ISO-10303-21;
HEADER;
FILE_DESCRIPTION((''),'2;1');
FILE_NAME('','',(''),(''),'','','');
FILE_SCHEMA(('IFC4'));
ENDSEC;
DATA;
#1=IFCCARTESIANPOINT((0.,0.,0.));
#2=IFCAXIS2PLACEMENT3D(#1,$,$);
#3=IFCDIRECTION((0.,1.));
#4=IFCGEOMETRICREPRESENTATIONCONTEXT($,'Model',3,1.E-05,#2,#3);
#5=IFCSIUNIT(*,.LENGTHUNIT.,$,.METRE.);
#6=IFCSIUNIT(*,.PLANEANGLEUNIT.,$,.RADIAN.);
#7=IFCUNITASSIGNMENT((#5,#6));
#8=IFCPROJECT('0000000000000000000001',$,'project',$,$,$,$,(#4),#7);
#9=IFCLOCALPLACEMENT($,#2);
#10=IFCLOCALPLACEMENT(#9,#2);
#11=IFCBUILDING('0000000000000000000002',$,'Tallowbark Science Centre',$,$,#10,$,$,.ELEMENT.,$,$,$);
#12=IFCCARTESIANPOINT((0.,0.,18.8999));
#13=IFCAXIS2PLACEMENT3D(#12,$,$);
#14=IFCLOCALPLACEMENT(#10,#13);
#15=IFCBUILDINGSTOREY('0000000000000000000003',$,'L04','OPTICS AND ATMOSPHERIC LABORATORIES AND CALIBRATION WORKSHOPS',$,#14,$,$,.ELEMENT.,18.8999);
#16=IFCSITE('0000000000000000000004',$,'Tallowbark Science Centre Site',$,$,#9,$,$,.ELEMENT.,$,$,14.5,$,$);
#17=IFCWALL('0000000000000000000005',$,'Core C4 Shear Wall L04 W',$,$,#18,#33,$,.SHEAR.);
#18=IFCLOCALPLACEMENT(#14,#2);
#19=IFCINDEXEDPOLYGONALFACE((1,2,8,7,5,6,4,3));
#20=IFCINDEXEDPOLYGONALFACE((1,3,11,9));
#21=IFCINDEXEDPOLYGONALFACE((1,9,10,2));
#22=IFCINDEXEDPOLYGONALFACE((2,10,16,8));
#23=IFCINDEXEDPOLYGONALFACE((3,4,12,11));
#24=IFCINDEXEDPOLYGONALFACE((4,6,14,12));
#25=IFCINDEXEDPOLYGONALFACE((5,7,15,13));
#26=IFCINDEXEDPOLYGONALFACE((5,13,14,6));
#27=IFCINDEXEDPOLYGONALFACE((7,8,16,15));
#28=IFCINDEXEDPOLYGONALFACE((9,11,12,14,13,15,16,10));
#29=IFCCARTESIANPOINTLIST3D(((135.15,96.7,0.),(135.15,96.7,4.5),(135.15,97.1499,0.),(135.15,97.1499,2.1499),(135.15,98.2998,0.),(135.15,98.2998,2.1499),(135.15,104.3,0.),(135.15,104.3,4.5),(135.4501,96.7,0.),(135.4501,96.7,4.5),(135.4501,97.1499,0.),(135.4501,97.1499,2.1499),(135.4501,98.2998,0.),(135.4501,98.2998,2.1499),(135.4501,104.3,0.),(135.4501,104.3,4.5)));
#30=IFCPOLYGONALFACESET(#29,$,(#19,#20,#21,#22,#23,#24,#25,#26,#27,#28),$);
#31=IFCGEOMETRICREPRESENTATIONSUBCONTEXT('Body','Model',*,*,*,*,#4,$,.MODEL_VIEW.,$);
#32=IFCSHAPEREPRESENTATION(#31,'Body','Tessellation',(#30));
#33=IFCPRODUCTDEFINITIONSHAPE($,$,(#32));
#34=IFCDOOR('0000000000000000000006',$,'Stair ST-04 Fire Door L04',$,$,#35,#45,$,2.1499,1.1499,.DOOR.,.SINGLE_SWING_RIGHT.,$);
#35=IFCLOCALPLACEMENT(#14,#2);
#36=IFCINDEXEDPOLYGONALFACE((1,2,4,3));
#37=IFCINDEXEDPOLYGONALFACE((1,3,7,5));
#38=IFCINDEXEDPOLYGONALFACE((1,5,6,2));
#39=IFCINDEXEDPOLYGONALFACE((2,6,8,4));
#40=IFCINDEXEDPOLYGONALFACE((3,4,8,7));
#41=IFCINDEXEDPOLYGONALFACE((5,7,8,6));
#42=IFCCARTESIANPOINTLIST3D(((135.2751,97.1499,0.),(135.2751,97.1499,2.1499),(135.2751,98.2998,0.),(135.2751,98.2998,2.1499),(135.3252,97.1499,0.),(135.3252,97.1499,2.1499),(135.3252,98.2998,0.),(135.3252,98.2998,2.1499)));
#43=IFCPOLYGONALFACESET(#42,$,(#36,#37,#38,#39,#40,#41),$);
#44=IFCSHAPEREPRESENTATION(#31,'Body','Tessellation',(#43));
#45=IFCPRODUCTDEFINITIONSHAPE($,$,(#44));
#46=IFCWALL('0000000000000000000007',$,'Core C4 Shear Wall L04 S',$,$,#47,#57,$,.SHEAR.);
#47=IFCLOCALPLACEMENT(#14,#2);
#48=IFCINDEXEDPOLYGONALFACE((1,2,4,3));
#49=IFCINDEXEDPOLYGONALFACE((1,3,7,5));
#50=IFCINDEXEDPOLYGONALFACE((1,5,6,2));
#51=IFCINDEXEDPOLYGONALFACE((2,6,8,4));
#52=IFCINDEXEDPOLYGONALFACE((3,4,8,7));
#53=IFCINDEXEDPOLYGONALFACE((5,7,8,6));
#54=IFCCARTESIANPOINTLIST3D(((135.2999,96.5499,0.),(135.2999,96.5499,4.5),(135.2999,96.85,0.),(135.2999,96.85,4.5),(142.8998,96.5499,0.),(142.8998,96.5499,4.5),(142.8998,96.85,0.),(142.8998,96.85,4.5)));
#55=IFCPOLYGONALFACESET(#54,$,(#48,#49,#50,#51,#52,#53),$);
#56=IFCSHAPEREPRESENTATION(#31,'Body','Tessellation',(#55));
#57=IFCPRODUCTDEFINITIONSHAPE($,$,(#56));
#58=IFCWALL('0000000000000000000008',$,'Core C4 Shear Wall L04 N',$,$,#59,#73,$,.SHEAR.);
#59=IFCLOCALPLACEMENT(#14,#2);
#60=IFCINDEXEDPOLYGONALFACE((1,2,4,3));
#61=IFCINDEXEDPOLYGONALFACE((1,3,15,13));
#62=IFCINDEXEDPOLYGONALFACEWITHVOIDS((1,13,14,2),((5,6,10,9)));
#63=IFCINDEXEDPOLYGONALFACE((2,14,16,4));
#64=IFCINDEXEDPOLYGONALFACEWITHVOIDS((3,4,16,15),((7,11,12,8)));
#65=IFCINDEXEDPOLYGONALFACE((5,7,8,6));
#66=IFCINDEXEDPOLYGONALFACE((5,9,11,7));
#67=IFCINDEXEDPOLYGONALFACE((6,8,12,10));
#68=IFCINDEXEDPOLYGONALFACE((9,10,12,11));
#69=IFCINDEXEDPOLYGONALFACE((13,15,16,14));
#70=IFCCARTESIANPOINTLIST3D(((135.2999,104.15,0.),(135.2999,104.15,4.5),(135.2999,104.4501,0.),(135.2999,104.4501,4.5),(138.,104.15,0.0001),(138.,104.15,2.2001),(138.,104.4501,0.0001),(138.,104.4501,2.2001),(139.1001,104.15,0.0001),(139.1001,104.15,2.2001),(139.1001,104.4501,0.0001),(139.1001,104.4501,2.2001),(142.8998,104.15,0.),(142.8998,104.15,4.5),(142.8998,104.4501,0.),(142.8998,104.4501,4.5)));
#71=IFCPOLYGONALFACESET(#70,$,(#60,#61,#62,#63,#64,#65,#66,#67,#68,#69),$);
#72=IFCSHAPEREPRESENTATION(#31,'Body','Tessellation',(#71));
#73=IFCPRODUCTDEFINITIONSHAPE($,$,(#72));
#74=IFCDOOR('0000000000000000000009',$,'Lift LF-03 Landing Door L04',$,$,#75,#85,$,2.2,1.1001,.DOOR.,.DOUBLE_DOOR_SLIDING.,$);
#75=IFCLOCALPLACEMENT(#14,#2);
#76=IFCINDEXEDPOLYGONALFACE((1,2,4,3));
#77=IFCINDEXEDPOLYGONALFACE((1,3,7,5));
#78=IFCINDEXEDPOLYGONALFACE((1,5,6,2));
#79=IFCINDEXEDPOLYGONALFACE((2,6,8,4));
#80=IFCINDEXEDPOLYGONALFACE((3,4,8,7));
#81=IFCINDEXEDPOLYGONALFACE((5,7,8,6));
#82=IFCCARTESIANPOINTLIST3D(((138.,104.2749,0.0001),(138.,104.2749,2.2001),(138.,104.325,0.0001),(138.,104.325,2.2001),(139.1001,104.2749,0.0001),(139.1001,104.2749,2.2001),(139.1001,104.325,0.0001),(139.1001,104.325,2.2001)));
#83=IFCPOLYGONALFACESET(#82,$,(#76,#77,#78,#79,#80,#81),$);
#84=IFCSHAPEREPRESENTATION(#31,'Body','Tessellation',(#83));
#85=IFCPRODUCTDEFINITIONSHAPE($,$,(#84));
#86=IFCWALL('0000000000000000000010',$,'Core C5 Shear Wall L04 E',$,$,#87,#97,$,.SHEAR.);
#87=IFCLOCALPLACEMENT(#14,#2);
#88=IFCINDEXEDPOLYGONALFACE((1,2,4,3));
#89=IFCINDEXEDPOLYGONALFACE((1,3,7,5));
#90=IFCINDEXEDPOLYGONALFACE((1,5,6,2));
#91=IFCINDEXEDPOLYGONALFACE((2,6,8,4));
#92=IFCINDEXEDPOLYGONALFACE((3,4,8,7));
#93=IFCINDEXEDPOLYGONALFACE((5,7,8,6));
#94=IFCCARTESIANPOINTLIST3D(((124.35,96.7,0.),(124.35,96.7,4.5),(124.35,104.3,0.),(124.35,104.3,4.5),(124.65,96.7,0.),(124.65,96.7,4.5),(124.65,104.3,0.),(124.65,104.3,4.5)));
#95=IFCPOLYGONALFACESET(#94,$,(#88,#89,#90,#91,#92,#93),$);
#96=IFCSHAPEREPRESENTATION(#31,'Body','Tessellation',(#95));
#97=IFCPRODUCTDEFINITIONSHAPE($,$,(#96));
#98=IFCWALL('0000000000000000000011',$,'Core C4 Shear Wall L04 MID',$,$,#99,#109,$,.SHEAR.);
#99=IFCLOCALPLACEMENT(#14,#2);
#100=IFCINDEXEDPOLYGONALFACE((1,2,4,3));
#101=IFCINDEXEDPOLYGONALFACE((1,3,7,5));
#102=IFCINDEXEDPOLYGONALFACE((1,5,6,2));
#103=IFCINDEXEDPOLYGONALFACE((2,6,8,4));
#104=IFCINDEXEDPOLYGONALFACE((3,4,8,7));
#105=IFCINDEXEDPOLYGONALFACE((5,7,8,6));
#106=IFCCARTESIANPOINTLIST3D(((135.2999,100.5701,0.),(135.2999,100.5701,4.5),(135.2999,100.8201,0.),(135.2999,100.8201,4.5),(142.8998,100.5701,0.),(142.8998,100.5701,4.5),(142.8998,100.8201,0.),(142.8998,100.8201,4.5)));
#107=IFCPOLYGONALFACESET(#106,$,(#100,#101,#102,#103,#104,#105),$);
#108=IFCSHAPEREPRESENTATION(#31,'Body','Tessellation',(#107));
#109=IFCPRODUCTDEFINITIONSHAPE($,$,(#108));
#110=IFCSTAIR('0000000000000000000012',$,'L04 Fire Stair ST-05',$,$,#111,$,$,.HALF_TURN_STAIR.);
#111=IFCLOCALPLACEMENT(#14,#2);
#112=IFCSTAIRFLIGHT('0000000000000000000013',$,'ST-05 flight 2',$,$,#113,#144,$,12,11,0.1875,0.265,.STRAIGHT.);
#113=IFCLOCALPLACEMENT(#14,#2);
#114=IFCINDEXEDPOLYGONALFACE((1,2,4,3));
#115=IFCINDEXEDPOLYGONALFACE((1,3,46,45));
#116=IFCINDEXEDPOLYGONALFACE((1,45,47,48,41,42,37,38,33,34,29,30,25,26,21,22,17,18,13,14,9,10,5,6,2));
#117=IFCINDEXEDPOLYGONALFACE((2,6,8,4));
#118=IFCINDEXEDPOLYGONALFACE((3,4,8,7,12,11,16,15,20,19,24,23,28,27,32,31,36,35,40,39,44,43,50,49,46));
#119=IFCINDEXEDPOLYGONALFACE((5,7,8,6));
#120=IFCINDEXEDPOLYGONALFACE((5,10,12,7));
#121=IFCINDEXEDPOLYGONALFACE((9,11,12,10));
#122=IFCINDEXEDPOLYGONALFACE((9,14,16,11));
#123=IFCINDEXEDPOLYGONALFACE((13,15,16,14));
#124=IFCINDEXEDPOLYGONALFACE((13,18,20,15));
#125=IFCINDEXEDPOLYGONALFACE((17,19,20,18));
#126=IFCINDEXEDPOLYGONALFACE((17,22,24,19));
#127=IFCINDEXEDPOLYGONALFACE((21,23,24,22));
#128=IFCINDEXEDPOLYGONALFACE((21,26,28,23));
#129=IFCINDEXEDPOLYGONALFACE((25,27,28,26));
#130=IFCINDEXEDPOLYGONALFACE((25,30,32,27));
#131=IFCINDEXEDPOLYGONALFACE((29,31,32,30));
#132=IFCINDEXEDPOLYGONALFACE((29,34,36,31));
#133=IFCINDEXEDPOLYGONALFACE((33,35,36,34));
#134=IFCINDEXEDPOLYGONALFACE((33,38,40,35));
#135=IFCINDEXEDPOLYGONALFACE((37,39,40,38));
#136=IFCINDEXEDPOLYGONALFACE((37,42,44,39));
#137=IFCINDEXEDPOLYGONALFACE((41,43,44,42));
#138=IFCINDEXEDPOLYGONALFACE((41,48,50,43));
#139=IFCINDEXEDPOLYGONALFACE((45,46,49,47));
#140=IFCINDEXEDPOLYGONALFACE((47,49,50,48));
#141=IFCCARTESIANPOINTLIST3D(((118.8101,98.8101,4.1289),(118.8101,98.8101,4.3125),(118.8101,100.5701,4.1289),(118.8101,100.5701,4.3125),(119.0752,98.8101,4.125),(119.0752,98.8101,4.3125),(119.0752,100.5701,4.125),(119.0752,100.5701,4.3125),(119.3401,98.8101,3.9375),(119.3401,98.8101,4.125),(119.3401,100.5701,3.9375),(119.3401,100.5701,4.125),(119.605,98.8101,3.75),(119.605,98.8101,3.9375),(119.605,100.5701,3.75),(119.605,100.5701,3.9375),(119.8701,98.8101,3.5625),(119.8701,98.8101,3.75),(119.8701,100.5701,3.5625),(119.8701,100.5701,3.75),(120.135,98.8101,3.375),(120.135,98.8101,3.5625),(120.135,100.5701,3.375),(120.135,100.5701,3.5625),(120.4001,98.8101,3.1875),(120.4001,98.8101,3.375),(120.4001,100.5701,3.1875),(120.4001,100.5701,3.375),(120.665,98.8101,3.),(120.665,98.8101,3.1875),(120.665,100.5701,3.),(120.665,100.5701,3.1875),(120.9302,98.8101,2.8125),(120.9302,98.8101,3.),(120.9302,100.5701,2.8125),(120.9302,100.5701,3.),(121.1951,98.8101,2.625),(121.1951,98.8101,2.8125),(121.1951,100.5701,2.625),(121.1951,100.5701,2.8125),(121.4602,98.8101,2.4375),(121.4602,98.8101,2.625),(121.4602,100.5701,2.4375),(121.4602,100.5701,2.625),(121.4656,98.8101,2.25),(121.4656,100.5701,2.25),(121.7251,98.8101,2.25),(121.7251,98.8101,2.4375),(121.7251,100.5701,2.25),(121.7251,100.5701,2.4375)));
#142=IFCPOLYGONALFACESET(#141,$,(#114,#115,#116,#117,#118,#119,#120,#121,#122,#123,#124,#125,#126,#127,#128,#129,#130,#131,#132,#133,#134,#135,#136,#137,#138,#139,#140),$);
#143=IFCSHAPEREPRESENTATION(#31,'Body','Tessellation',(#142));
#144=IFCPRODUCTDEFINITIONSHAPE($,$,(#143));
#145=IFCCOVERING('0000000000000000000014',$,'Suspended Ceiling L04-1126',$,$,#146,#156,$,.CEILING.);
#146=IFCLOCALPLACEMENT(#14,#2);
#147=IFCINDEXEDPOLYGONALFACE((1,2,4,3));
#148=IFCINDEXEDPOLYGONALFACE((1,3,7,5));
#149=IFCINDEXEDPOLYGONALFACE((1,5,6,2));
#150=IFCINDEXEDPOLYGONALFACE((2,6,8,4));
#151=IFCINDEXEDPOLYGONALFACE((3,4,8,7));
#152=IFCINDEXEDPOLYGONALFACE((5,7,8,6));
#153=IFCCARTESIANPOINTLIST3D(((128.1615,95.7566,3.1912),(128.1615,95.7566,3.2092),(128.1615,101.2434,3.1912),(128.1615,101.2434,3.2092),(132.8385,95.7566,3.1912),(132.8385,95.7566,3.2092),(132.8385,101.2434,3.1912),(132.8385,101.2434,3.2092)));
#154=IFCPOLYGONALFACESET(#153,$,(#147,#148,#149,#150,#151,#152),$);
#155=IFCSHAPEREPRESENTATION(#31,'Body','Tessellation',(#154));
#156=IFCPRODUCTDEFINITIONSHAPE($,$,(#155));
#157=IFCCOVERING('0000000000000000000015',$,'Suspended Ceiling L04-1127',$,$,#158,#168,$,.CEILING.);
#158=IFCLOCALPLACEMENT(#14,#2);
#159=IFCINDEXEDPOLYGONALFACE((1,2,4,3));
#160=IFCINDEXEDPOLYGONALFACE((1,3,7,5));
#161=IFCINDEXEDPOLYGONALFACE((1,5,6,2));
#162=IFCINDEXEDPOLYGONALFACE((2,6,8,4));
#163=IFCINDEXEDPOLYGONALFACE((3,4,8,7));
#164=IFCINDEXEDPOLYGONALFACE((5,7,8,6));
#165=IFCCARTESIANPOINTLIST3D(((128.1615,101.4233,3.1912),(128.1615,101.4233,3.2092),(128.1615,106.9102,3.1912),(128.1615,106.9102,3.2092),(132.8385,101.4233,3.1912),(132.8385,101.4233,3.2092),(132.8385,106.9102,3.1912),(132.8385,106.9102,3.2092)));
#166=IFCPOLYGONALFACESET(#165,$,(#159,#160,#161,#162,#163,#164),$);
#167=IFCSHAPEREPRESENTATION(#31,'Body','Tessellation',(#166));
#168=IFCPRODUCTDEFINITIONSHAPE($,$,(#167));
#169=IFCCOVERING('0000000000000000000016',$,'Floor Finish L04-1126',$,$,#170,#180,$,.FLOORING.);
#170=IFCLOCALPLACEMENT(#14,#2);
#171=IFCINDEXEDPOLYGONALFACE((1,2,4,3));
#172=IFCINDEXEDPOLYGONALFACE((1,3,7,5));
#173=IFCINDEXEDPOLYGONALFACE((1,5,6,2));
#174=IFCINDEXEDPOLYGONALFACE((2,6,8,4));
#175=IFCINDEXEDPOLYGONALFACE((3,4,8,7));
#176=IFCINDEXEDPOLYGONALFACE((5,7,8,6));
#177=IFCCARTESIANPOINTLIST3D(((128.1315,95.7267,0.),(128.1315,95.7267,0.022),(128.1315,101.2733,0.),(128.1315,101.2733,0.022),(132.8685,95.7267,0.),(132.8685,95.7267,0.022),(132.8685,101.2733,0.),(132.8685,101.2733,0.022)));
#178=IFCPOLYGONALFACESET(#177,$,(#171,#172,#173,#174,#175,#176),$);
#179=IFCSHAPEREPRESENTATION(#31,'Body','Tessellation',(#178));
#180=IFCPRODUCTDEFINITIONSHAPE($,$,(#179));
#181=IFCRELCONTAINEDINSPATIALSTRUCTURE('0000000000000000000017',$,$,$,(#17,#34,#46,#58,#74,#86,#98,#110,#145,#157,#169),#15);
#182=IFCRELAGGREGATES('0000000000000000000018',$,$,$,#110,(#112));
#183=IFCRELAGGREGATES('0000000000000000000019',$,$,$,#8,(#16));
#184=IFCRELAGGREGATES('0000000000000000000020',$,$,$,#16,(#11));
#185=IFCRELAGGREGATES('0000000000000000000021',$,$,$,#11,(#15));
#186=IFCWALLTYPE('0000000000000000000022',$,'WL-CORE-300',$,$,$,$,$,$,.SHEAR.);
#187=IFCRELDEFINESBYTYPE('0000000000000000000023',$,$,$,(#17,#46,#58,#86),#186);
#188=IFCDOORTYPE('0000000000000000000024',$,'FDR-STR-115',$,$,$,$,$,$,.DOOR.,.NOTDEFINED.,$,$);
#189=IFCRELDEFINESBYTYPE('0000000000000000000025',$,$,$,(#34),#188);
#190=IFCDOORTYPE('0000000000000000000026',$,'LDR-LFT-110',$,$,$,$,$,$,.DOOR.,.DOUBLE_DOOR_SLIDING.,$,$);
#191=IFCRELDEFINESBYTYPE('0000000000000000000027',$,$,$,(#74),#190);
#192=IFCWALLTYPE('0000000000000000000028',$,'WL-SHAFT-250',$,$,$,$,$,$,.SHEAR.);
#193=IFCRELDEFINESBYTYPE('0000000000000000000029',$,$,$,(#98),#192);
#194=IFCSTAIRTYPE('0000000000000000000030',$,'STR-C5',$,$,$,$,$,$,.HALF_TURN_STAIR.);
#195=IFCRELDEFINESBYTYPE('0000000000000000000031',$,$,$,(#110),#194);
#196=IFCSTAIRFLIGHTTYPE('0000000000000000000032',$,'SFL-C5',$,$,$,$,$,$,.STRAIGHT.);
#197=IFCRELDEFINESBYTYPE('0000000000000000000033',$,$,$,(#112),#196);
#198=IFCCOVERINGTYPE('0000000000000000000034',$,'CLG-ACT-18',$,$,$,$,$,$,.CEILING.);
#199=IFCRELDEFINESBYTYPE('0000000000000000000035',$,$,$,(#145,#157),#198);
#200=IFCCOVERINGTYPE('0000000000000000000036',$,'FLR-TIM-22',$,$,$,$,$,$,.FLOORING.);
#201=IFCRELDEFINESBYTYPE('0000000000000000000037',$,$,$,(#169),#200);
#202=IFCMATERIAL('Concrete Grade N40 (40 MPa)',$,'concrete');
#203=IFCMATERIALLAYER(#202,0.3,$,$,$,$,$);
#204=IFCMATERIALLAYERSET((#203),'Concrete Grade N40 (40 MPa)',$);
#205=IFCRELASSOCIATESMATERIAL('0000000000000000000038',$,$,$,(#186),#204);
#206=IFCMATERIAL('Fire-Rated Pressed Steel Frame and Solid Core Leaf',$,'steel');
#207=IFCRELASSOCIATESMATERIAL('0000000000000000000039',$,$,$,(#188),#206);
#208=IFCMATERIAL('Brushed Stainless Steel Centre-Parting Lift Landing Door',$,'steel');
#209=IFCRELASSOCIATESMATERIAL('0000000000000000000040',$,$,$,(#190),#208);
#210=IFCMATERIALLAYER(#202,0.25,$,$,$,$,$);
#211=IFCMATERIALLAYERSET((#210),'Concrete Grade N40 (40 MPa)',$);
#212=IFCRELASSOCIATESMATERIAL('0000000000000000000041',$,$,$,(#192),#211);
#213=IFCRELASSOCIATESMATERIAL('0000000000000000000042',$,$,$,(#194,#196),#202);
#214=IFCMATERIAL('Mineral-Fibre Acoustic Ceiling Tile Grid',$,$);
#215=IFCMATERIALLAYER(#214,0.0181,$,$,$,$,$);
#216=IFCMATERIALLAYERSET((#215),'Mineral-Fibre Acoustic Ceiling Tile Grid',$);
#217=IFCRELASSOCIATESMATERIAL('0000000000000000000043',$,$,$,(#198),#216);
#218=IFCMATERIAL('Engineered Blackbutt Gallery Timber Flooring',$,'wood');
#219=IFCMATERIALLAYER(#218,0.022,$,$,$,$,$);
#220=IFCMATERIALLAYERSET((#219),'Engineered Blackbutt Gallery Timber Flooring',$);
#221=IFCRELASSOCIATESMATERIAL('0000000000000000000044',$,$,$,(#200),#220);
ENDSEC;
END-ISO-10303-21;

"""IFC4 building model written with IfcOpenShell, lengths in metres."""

from ifc_helpers import new_model, si_unit, direction, frame, frame_2d, origin, origin_2d, place, context, subcontext, project, spatial, polyline, rectangle, outline, extrude, material, layer, layer_set, type_object, element, fill, aggregate, save


model = new_model("IFC4")

# Units and contexts
model_context = context("Model", 3, precision=1e-05, world=origin(), true_north=direction((0.0, 1.0)))
body_context = subcontext(model_context, "Body", "Model", "MODEL_VIEW")
ifc_project = project(units=[si_unit("LENGTHUNIT", "METRE"), si_unit("PLANEANGLEUNIT", "RADIAN")], contexts=[model_context])

# Site, building, storey
site_placement = place(None, origin())
site = spatial("IfcSite", under=ifc_project, at=site_placement, Name="Tallowbark Science Centre Site", CompositionType="ELEMENT", RefElevation=14.5)
building_placement = place(site_placement, origin())
building = spatial("IfcBuilding", under=site, at=building_placement, Name="Tallowbark Science Centre", CompositionType="ELEMENT")
storey_placement = place(building_placement, frame((0.0, 0.0, 18.8999)))
storey = spatial("IfcBuildingStorey", under=building, at=storey_placement, Name="L04", Description="OPTICS AND ATMOSPHERIC LABORATORIES AND CALIBRATION WORKSHOPS", CompositionType="ELEMENT", Elevation=18.8999)

# Wall, opening, door
ifc_material_1 = material(Name="Concrete Grade N40 (40 MPa)", Category="concrete")
ifc_layer_1 = layer(ifc_material_1, 0.3)
ifc_layer_set_1 = layer_set([ifc_layer_1], Name="Concrete Grade N40 (40 MPa)")
wall_type_1 = type_object("IfcWallType", Name="WL-CORE-300", PredefinedType="SHEAR", material=ifc_layer_set_1)
wall_1_placement = place(storey_placement, frame((135.3, 96.7, 0.0), z_axis=(0.0, 0.0, 1.0), x_axis=(0.0, 1.0, 0.0)))
wall_1 = element("IfcWall", 1, at=wall_1_placement, inside=storey, type_object=wall_type_1, Name="Core C4 Shear Wall L04 W", PredefinedType="SHEAR", context=body_context, shape_type="SweptSolid", body=[
    extrude(rectangle(XDim=7.6001, YDim=0.3, at=frame_2d((3.8, 0.0))), origin(), (0.0, 0.0, 1.0), 4.5),
])
opening_1_placement = place(wall_1_placement, frame((0.45, 0.0, 0.0)))
opening_1 = element("IfcOpeningElement", 2, at=opening_1_placement, cuts=wall_1, PredefinedType="OPENING", context=body_context, shape_type="SweptSolid", body=[
    extrude(rectangle(XDim=1.1499, YDim=2.1499, at=frame_2d((0.575, 1.075))), frame((0.0, 0.1602, 0.0), z_axis=(0.0, -1.0, 0.0), x_axis=(1.0, 0.0, 0.0)), (0.0, 0.0, 1.0), 0.3201),
])
ifc_material_2 = material(Name="Fire-Rated Pressed Steel Frame and Solid Core Leaf", Category="steel")
door_type_1 = type_object("IfcDoorType", Name="FDR-STR-115", OperationType="NOTDEFINED", PredefinedType="DOOR", material=ifc_material_2)
door_1_placement = place(opening_1_placement, origin())
door_1 = element("IfcDoor", 3, at=door_1_placement, inside=storey, type_object=door_type_1, Name="Stair ST-04 Fire Door L04", OperationType="SINGLE_SWING_RIGHT", OverallHeight=2.1499, OverallWidth=1.1499, PredefinedType="DOOR", context=body_context, shape_type="SweptSolid", body=[
    extrude(rectangle(XDim=1.1499, YDim=2.1499, at=frame_2d((0.575, 1.075))), frame((0.0, 0.0249, 0.0), z_axis=(0.0, -1.0, 0.0), x_axis=(1.0, 0.0, 0.0)), (0.0, 0.0, 1.0), 0.05),
])
fill(opening_1, door_1)

# Wall
wall_2_placement = place(storey_placement, frame((135.3, 96.7, 0.0), z_axis=(0.0, 0.0, 1.0), x_axis=(1.0, 0.0, 0.0)))
element("IfcWall", 4, at=wall_2_placement, inside=storey, type_object=wall_type_1, Name="Core C4 Shear Wall L04 S", PredefinedType="SHEAR", context=body_context, shape_type="SweptSolid", body=[
    extrude(rectangle(XDim=7.5999, YDim=0.3, at=frame_2d((3.7998, 0.0))), origin(), (0.0, 0.0, 1.0), 4.5),
])

# Wall, opening, door
wall_3_placement = place(storey_placement, frame((135.3, 104.3, 0.0), z_axis=(0.0, 0.0, 1.0), x_axis=(1.0, 0.0, 0.0)))
wall_3 = element("IfcWall", 5, at=wall_3_placement, inside=storey, type_object=wall_type_1, Name="Core C4 Shear Wall L04 N", PredefinedType="SHEAR", context=body_context, shape_type="SweptSolid", body=[
    extrude(rectangle(XDim=7.5999, YDim=0.3, at=frame_2d((3.7998, 0.0))), origin(), (0.0, 0.0, 1.0), 4.5),
])
opening_2_placement = place(wall_3_placement, frame((2.7, 0.0, 0.0)))
opening_2 = element("IfcOpeningElement", 6, at=opening_2_placement, cuts=wall_3, PredefinedType="OPENING", context=body_context, shape_type="SweptSolid", body=[
    extrude(rectangle(XDim=1.1001, YDim=2.2, at=frame_2d((0.55, 1.1001))), frame((0.0, 0.1602, 0.0), z_axis=(0.0, -1.0, 0.0), x_axis=(1.0, 0.0, 0.0)), (0.0, 0.0, 1.0), 0.3201),
])
ifc_material_3 = material(Name="Brushed Stainless Steel Centre-Parting Lift Landing Door", Category="steel")
door_type_2 = type_object("IfcDoorType", Name="LDR-LFT-110", OperationType="DOUBLE_DOOR_SLIDING", PredefinedType="DOOR", material=ifc_material_3)
door_2_placement = place(opening_2_placement, origin())
door_2 = element("IfcDoor", 7, at=door_2_placement, inside=storey, type_object=door_type_2, Name="Lift LF-03 Landing Door L04", OperationType="DOUBLE_DOOR_SLIDING", OverallHeight=2.2, OverallWidth=1.1001, PredefinedType="DOOR", context=body_context, shape_type="SweptSolid", body=[
    extrude(rectangle(XDim=1.1001, YDim=2.2, at=frame_2d((0.55, 1.1001))), frame((0.0, 0.0249, 0.0), z_axis=(0.0, -1.0, 0.0), x_axis=(1.0, 0.0, 0.0)), (0.0, 0.0, 1.0), 0.05),
])
fill(opening_2, door_2)

# Walls
wall_4_placement = place(storey_placement, frame((124.5, 96.7, 0.0), z_axis=(0.0, 0.0, 1.0), x_axis=(0.0, 1.0, 0.0)))
element("IfcWall", 8, at=wall_4_placement, inside=storey, type_object=wall_type_1, Name="Core C5 Shear Wall L04 E", PredefinedType="SHEAR", context=body_context, shape_type="SweptSolid", body=[
    extrude(rectangle(XDim=7.6001, YDim=0.3, at=frame_2d((3.8, 0.0))), origin(), (0.0, 0.0, 1.0), 4.5),
])
ifc_layer_2 = layer(ifc_material_1, 0.25)
ifc_layer_set_2 = layer_set([ifc_layer_2], Name="Concrete Grade N40 (40 MPa)")
wall_type_2 = type_object("IfcWallType", Name="WL-SHAFT-250", PredefinedType="SHEAR", material=ifc_layer_set_2)
wall_5_placement = place(storey_placement, frame((135.3, 100.6951, 0.0), z_axis=(0.0, 0.0, 1.0), x_axis=(1.0, 0.0, 0.0)))
element("IfcWall", 9, at=wall_5_placement, inside=storey, type_object=wall_type_2, Name="Core C4 Shear Wall L04 MID", PredefinedType="SHEAR", context=body_context, shape_type="SweptSolid", body=[
    extrude(rectangle(XDim=7.5999, YDim=0.25, at=frame_2d((3.7998, 0.0))), origin(), (0.0, 0.0, 1.0), 4.5),
])

# Stair, stair flight
stair_type = type_object("IfcStairType", Name="STR-C5", PredefinedType="HALF_TURN_STAIR", material=ifc_material_1)
stair_placement = place(storey_placement, origin())
stair = element("IfcStair", 10, at=stair_placement, inside=storey, type_object=stair_type, Name="L04 Fire Stair ST-05", PredefinedType="HALF_TURN_STAIR")
stair_flight_type = type_object("IfcStairFlightType", Name="SFL-C5", PredefinedType="STRAIGHT", material=ifc_material_1)
stair_flight_placement = place(storey_placement, frame((121.7251, 99.6899, 2.25), z_axis=(0.0, 0.0, 1.0), x_axis=(-1.0, 0.0, 0.0)))
stair_flight = element("IfcStairFlight", 11, at=stair_flight_placement, type_object=stair_flight_type, Name="ST-05 flight 2", NumberOfRisers=12, NumberOfTreads=11, PredefinedType="STRAIGHT", RiserHeight=0.1875, TreadLength=0.265, context=body_context, shape_type="SweptSolid", body=[
    extrude(outline(polyline([(0.0, 0.0), (0.0, 0.1875), (0.2649, 0.1875), (0.2649, 0.375), (0.53, 0.375), (0.53, 0.5625), (0.7949, 0.5625), (0.7949, 0.75), (1.0601, 0.75), (1.0601, 0.9375), (1.325, 0.9375), (1.325, 1.125), (1.5901, 1.125), (1.5901, 1.3125), (1.855, 1.3125), (1.855, 1.5), (2.1201, 1.5), (2.1201, 1.6875), (2.385, 1.6875), (2.385, 1.875), (2.6499, 1.875), (2.6499, 2.0625), (2.915, 2.0625), (2.915, 2.25), (2.915, 1.8789), (0.2595, 0.0), (0.0, 0.0)])), frame((0.0, 0.8799, 0.0), z_axis=(0.0, -1.0, 0.0), x_axis=(1.0, 0.0, 0.0)), (0.0, 0.0, 1.0), 1.76),
])
aggregate(stair, [stair_flight])

# Coverings
ifc_material_4 = material(Name="Mineral-Fibre Acoustic Ceiling Tile Grid")
ifc_layer_3 = layer(ifc_material_4, 0.0181)
ifc_layer_set_3 = layer_set([ifc_layer_3], Name="Mineral-Fibre Acoustic Ceiling Tile Grid")
covering_type_1 = type_object("IfcCoveringType", Name="CLG-ACT-18", PredefinedType="CEILING", material=ifc_layer_set_3)
for number, where, z_axis, x_axis, name in (
    (12, (130.5, 98.5, 3.1912), (0.0, 0.0, 1.0), (1.0, 0.0, 0.0), "Suspended Ceiling L04-1126"),
    (13, (130.5, 104.1667, 3.1912), (0.0, 0.0, 1.0), (1.0, 0.0, 0.0), "Suspended Ceiling L04-1127"),
):
    element("IfcCovering", number, at=place(storey_placement, frame(where, z_axis=z_axis, x_axis=x_axis)), inside=storey, type_object=covering_type_1, Name=name, PredefinedType="CEILING", context=body_context, shape_type="SweptSolid", body=[
        extrude(rectangle(XDim=4.677, YDim=5.4868, at=origin_2d()), origin(), (0.0, 0.0, 1.0), 0.0181),
    ])
ifc_material_5 = material(Name="Engineered Blackbutt Gallery Timber Flooring", Category="wood")
ifc_layer_4 = layer(ifc_material_5, 0.022)
ifc_layer_set_4 = layer_set([ifc_layer_4], Name="Engineered Blackbutt Gallery Timber Flooring")
covering_type_2 = type_object("IfcCoveringType", Name="FLR-TIM-22", PredefinedType="FLOORING", material=ifc_layer_set_4)
for number, where, z_axis, x_axis, name in (
    (14, (130.5, 98.5, 0.0), (0.0, 0.0, 1.0), (1.0, 0.0, 0.0), "Floor Finish L04-1126"),
):
    element("IfcCovering", number, at=place(storey_placement, frame(where, z_axis=z_axis, x_axis=x_axis)), inside=storey, type_object=covering_type_2, Name=name, PredefinedType="FLOORING", context=body_context, shape_type="SweptSolid", body=[
        extrude(rectangle(XDim=4.7371, YDim=5.5466, at=origin_2d()), origin(), (0.0, 0.0, 1.0), 0.022),
    ])

save(model, "model.ifc")
